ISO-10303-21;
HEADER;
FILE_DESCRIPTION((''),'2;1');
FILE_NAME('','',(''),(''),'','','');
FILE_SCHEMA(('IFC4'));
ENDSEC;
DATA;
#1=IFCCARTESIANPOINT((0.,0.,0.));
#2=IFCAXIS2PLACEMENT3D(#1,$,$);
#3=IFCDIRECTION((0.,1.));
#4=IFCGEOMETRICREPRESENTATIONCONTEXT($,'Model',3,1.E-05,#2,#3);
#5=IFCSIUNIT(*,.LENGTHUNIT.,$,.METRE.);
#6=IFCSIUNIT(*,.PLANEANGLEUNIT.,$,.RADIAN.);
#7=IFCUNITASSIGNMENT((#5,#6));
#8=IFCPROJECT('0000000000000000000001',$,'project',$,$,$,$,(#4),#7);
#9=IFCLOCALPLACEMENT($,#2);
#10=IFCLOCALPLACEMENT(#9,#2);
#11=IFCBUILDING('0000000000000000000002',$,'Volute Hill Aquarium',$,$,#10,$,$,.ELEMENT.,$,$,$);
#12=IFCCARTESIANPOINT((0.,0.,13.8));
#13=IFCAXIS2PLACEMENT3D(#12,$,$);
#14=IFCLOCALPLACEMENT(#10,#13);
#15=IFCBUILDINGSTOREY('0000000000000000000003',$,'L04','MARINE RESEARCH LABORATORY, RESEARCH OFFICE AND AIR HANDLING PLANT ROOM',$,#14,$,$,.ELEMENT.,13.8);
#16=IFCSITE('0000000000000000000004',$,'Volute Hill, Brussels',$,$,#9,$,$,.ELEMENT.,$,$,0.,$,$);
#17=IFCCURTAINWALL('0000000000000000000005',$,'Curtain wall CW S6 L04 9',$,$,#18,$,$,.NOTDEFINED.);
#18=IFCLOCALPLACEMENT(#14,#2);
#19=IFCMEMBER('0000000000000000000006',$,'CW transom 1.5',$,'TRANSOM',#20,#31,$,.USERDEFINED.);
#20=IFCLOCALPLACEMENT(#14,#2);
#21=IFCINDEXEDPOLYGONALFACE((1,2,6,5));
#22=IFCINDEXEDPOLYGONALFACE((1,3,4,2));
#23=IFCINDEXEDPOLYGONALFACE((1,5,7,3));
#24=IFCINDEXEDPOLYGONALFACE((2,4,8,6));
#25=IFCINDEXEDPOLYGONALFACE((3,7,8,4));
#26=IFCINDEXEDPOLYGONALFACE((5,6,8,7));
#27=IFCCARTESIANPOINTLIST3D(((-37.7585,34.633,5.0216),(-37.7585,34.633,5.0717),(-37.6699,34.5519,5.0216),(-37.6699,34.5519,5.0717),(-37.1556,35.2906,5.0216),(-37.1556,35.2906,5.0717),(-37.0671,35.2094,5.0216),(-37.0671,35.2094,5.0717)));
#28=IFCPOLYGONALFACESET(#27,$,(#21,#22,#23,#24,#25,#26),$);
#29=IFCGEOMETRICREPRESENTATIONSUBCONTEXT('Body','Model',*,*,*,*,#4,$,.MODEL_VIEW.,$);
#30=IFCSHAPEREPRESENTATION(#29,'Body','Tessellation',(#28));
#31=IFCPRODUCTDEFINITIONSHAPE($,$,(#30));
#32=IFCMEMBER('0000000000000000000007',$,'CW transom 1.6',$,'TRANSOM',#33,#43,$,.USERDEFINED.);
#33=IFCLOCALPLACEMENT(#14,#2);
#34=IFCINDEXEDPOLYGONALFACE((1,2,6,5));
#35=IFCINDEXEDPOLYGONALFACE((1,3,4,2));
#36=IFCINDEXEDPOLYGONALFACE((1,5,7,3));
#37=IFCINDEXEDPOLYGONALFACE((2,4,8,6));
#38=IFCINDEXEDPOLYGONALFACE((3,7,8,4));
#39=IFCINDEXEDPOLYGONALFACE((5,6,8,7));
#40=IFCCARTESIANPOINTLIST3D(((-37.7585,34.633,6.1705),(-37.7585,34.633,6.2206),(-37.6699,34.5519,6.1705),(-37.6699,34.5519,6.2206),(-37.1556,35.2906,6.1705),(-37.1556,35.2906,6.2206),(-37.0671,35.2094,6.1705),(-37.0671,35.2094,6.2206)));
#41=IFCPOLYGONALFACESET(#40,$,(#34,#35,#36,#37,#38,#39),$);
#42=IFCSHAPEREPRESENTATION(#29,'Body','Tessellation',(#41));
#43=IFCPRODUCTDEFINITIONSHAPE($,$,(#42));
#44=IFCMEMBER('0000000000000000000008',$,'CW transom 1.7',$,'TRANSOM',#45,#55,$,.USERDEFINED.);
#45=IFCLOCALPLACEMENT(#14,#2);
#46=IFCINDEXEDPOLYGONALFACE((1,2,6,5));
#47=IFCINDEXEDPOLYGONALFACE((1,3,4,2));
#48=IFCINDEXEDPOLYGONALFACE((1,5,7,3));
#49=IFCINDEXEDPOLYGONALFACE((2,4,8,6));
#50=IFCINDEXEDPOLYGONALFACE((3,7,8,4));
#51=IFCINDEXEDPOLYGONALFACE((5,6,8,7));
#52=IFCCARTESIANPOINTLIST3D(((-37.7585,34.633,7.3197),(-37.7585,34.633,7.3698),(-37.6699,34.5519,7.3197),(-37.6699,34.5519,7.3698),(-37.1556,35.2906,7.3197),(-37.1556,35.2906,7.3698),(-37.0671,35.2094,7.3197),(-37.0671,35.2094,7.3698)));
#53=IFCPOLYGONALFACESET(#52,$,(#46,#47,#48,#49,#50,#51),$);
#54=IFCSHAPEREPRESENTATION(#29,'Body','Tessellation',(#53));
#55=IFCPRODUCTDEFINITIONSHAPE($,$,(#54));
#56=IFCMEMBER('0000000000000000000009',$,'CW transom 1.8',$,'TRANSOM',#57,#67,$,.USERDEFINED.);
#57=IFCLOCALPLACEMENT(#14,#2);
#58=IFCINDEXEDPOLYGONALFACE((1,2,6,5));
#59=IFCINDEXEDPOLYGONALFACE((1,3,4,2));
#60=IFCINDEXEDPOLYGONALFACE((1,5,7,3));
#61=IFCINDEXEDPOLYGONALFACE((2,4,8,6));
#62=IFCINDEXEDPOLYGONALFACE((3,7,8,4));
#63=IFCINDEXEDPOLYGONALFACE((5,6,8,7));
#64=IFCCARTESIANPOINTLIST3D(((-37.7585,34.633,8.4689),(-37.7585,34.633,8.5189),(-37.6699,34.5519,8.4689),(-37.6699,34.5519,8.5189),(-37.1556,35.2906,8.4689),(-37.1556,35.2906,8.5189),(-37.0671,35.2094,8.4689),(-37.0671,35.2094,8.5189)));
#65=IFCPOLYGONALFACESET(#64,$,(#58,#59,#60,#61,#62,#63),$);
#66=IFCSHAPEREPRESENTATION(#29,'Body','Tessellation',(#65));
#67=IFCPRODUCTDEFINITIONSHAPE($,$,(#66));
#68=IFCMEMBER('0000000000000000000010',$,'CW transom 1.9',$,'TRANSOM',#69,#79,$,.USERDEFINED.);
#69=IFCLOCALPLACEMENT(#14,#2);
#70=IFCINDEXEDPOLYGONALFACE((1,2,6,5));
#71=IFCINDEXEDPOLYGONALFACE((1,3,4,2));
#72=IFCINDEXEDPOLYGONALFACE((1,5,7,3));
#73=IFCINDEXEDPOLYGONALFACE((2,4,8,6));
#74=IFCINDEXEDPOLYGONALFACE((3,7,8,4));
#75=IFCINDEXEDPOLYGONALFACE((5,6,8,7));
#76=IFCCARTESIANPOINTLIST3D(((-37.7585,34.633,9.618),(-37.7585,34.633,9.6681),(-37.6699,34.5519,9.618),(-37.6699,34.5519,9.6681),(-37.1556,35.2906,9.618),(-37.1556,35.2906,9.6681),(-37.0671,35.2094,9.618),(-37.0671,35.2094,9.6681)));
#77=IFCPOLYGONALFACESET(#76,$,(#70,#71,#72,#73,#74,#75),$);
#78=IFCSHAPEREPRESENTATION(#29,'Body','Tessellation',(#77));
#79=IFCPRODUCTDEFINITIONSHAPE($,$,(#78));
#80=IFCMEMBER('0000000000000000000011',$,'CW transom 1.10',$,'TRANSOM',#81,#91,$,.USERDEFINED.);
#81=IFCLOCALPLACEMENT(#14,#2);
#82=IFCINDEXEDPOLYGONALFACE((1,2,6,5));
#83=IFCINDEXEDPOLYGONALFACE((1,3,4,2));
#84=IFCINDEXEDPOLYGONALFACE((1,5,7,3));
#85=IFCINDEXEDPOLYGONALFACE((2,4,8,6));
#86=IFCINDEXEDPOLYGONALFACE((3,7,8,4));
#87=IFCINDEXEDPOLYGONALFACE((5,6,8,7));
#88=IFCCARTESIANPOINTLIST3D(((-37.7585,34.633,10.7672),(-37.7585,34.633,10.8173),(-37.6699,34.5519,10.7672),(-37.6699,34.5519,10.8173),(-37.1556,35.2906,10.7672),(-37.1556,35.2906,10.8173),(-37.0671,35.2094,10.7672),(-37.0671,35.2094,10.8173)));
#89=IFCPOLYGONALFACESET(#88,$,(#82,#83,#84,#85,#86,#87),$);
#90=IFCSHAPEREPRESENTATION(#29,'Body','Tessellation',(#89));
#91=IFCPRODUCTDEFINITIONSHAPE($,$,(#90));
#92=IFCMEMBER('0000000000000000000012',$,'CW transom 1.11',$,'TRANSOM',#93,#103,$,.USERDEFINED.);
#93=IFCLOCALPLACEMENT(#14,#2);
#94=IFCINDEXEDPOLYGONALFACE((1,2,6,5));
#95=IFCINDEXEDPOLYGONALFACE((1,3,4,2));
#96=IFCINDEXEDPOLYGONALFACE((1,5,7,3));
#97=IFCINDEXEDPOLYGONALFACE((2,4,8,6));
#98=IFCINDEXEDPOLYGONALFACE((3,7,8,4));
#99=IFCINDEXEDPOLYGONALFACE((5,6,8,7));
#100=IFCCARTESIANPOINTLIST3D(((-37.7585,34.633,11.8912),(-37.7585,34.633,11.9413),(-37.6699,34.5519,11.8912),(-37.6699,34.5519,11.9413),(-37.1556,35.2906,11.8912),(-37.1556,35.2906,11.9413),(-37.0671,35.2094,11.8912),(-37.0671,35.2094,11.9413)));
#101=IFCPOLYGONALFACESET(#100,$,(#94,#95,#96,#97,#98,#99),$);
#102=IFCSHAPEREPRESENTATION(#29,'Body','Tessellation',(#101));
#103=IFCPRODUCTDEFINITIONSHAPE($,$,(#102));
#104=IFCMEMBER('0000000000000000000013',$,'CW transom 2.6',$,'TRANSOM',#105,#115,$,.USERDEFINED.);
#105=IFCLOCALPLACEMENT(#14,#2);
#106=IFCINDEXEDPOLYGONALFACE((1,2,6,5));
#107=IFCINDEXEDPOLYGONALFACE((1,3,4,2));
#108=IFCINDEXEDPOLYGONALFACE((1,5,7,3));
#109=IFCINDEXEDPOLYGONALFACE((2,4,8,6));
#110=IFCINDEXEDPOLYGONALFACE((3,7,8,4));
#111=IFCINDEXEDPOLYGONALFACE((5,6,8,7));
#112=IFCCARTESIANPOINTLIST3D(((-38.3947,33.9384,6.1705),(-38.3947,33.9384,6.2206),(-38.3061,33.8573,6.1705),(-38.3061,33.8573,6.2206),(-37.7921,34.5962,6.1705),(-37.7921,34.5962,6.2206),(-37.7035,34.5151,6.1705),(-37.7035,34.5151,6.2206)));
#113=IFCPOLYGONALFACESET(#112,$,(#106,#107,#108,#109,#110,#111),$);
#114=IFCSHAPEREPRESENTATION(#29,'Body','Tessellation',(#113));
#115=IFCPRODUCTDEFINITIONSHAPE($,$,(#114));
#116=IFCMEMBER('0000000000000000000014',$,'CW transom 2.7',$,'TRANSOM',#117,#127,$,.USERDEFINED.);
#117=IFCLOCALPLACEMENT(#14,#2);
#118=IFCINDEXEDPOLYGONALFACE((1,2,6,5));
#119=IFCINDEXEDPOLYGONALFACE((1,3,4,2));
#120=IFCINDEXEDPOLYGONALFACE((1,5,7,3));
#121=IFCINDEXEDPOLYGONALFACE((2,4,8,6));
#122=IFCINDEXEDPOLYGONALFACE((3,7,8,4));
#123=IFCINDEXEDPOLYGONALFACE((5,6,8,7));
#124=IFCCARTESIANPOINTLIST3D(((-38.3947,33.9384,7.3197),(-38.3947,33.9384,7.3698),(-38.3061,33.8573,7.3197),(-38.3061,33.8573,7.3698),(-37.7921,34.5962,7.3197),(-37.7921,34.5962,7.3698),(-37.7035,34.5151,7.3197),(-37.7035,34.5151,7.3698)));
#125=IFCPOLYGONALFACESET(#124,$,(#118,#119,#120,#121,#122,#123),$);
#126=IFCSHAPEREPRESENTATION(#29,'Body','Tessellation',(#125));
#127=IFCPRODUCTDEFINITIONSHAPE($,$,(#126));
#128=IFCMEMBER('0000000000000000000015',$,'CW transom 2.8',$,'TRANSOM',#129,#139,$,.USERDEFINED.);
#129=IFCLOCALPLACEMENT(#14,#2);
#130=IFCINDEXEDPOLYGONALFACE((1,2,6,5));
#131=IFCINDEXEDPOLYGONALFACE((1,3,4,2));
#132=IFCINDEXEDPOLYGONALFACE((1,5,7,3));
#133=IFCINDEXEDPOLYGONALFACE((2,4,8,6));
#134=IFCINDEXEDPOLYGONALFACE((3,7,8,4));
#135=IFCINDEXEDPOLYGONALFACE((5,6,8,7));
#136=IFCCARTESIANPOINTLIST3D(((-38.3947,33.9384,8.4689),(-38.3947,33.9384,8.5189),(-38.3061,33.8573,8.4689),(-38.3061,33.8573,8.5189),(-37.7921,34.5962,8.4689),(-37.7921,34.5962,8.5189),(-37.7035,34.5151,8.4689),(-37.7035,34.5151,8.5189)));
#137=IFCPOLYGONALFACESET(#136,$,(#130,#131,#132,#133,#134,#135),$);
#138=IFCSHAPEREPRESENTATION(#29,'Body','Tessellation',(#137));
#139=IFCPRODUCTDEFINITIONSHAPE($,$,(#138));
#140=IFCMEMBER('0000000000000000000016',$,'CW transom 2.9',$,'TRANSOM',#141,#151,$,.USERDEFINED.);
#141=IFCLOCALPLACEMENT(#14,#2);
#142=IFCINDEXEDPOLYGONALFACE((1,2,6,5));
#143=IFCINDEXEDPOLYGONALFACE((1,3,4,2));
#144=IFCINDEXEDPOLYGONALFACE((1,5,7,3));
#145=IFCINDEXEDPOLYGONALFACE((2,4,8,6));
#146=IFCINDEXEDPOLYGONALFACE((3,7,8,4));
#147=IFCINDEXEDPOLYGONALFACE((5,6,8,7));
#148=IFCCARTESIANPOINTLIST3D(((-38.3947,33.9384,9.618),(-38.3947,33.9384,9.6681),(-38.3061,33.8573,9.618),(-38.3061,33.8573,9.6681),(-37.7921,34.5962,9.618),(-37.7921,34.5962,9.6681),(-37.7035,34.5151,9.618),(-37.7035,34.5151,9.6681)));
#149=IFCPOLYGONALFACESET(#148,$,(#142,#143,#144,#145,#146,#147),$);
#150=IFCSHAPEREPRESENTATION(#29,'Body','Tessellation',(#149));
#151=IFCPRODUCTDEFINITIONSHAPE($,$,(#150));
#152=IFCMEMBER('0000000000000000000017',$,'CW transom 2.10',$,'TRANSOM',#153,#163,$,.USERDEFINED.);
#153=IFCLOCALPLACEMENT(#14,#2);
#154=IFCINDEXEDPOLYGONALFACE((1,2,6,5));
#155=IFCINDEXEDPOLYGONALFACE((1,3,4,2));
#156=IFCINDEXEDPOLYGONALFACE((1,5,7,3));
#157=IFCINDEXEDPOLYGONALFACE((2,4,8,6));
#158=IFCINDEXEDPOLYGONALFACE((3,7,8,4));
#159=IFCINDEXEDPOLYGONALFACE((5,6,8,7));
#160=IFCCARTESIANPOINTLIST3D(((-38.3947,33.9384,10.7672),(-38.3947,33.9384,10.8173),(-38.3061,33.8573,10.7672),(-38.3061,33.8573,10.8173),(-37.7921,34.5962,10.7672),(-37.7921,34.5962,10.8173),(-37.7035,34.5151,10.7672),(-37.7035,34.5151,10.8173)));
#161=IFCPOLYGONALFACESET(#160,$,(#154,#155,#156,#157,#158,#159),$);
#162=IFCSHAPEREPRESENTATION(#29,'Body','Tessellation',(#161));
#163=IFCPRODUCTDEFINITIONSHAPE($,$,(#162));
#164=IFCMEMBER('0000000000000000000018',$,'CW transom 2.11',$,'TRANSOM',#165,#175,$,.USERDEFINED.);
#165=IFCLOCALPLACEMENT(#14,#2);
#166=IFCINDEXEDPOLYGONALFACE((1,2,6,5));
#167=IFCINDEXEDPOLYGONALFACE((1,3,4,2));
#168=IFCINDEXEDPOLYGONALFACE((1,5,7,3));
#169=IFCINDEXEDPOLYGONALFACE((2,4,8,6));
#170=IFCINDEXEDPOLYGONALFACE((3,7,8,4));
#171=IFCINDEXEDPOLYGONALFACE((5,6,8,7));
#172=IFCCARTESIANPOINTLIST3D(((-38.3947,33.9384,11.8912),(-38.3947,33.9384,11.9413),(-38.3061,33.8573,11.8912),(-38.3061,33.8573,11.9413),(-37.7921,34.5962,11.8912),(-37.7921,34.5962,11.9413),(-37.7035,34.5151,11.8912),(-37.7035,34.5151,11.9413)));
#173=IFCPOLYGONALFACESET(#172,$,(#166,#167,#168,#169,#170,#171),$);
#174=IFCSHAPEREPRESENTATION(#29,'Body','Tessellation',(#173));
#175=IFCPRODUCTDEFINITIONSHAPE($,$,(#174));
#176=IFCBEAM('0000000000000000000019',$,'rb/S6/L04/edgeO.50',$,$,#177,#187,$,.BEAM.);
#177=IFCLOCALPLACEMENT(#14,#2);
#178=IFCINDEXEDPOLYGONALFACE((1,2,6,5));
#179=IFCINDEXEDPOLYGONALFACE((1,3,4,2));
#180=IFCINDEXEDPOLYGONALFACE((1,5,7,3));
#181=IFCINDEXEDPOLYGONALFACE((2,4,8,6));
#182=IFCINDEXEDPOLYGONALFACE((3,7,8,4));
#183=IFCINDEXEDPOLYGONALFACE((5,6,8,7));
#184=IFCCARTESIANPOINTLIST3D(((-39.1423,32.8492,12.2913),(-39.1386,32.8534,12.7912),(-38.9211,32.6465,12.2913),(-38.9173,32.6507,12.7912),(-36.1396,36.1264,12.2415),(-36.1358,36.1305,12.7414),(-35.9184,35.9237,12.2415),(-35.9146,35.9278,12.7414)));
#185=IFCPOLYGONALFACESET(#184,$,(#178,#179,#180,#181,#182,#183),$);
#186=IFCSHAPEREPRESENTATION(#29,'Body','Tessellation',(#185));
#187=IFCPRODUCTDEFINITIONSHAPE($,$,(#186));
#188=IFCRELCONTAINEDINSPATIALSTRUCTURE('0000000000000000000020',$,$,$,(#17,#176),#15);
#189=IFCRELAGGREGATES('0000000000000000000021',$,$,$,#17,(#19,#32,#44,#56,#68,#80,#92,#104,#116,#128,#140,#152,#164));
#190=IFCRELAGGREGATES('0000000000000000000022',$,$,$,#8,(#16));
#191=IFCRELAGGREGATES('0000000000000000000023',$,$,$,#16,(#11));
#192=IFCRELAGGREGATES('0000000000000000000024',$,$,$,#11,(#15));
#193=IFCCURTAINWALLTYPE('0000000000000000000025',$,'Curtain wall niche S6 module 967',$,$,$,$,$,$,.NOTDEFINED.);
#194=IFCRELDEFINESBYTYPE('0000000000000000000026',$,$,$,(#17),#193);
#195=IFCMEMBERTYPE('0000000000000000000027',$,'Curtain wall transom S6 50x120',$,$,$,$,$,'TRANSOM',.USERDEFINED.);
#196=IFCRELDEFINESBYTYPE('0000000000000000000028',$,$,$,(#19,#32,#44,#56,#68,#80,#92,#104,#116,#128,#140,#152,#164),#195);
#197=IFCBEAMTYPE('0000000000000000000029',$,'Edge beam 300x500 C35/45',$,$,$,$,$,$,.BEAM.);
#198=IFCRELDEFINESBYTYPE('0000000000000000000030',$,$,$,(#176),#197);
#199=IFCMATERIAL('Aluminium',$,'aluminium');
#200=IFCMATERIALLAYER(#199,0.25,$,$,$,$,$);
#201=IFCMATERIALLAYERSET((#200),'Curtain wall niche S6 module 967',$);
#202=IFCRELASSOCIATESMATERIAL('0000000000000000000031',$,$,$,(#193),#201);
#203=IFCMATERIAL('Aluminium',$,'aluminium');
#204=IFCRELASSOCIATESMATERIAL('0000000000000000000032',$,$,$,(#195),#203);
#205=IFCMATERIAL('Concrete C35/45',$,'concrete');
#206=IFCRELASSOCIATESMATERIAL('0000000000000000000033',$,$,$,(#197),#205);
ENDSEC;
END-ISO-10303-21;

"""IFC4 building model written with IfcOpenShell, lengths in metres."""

from ifc_helpers import new_model, si_unit, direction, frame, origin, origin_2d, place, context, subcontext, project, spatial, rectangle, extrude, material, layer, layer_set, material_profile, profile_set, type_object, element, aggregate, save


model = new_model("IFC4")

# Units and contexts
model_context = context("Model", 3, precision=1e-05, world=origin(), true_north=direction((0.0, 1.0)))
body_context = subcontext(model_context, "Body", "Model", "MODEL_VIEW")
ifc_project = project(units=[si_unit("LENGTHUNIT", "METRE"), si_unit("PLANEANGLEUNIT", "RADIAN")], contexts=[model_context])

# Site, building, storey
site_placement = place(None, origin())
site = spatial("IfcSite", under=ifc_project, at=site_placement, Name="Volute Hill, Brussels", CompositionType="ELEMENT", RefElevation=0.0)
building_placement = place(site_placement, origin())
building = spatial("IfcBuilding", under=site, at=building_placement, Name="Volute Hill Aquarium", CompositionType="ELEMENT")
storey_placement = place(building_placement, frame((0.0, 0.0, 13.8)))
storey = spatial("IfcBuildingStorey", under=building, at=storey_placement, Name="L04", Description="MARINE RESEARCH LABORATORY, RESEARCH OFFICE AND AIR HANDLING PLANT ROOM", CompositionType="ELEMENT", Elevation=13.8)

# Curtain wall, members
ifc_material_1 = material(Name="Aluminium", Category="aluminium")
ifc_layer_1 = layer(ifc_material_1, 0.25)
ifc_layer_set_1 = layer_set([ifc_layer_1], Name="Curtain wall niche S6 module 967")
curtain_wall_type = type_object("IfcCurtainWallType", Name="Curtain wall niche S6 module 967", PredefinedType="NOTDEFINED", material=ifc_layer_set_1)
curtain_wall_placement = place(storey_placement, origin())
curtain_wall = element("IfcCurtainWall", 1, at=curtain_wall_placement, inside=storey, type_object=curtain_wall_type, Name="Curtain wall CW S6 L04 9", PredefinedType="NOTDEFINED")
ifc_material_2 = material(Name="Aluminium", Category="aluminium")
ifc_material_profile_1 = material_profile(ifc_material_2, rectangle(XDim=0.1201, YDim=0.05, at=origin_2d()), Name="Curtain wall transom S6 50x120")
ifc_profile_set_1 = profile_set([ifc_material_profile_1], Name="Aluminium")
member_type = type_object("IfcMemberType", Name="Curtain wall transom S6 50x120", ElementType="TRANSOM", PredefinedType="USERDEFINED", material=ifc_profile_set_1)
member_1_placement = place(storey_placement, frame((-37.1113, 35.25, 5.0466), z_axis=(-0.675787, -0.737097, 0.0), x_axis=(0.737097, -0.675787, 0.0)))
member_1 = element("IfcMember", 2, at=member_1_placement, type_object=member_type, Name="CW transom 1.5", ObjectType="TRANSOM", PredefinedType="USERDEFINED", context=body_context, shape_type="SweptSolid", body=[
    extrude(rectangle(XDim=0.1201, YDim=0.05, at=origin_2d()), origin(), (0.0, 0.0, 1.0), 0.8921),
])
member_2_placement = place(storey_placement, frame((-37.1113, 35.25, 6.1956), z_axis=(-0.675787, -0.737097, 0.0), x_axis=(0.737097, -0.675787, 0.0)))
member_2 = element("IfcMember", 3, at=member_2_placement, type_object=member_type, Name="CW transom 1.6", ObjectType="TRANSOM", PredefinedType="USERDEFINED", context=body_context, shape_type="SweptSolid", body=[
    extrude(rectangle(XDim=0.1201, YDim=0.05, at=origin_2d()), origin(), (0.0, 0.0, 1.0), 0.8921),
])
member_3_placement = place(storey_placement, frame((-37.1113, 35.25, 7.3447), z_axis=(-0.675787, -0.737097, 0.0), x_axis=(0.737097, -0.675787, 0.0)))
member_3 = element("IfcMember", 4, at=member_3_placement, type_object=member_type, Name="CW transom 1.7", ObjectType="TRANSOM", PredefinedType="USERDEFINED", context=body_context, shape_type="SweptSolid", body=[
    extrude(rectangle(XDim=0.1201, YDim=0.05, at=origin_2d()), origin(), (0.0, 0.0, 1.0), 0.8921),
])
member_4_placement = place(storey_placement, frame((-37.1113, 35.25, 8.4939), z_axis=(-0.675787, -0.737097, 0.0), x_axis=(0.737097, -0.675787, 0.0)))
member_4 = element("IfcMember", 5, at=member_4_placement, type_object=member_type, Name="CW transom 1.8", ObjectType="TRANSOM", PredefinedType="USERDEFINED", context=body_context, shape_type="SweptSolid", body=[
    extrude(rectangle(XDim=0.1201, YDim=0.05, at=origin_2d()), origin(), (0.0, 0.0, 1.0), 0.8921),
])
member_5_placement = place(storey_placement, frame((-37.1113, 35.25, 9.6431), z_axis=(-0.675787, -0.737097, 0.0), x_axis=(0.737097, -0.675787, 0.0)))
member_5 = element("IfcMember", 6, at=member_5_placement, type_object=member_type, Name="CW transom 1.9", ObjectType="TRANSOM", PredefinedType="USERDEFINED", context=body_context, shape_type="SweptSolid", body=[
    extrude(rectangle(XDim=0.1201, YDim=0.05, at=origin_2d()), origin(), (0.0, 0.0, 1.0), 0.8921),
])
member_6_placement = place(storey_placement, frame((-37.1113, 35.25, 10.7922), z_axis=(-0.675787, -0.737097, 0.0), x_axis=(0.737097, -0.675787, 0.0)))
member_6 = element("IfcMember", 7, at=member_6_placement, type_object=member_type, Name="CW transom 1.10", ObjectType="TRANSOM", PredefinedType="USERDEFINED", context=body_context, shape_type="SweptSolid", body=[
    extrude(rectangle(XDim=0.1201, YDim=0.05, at=origin_2d()), origin(), (0.0, 0.0, 1.0), 0.8921),
])
member_7_placement = place(storey_placement, frame((-37.1113, 35.25, 11.9163), z_axis=(-0.675787, -0.737097, 0.0), x_axis=(0.737097, -0.675787, 0.0)))
member_7 = element("IfcMember", 8, at=member_7_placement, type_object=member_type, Name="CW transom 1.11", ObjectType="TRANSOM", PredefinedType="USERDEFINED", context=body_context, shape_type="SweptSolid", body=[
    extrude(rectangle(XDim=0.1201, YDim=0.05, at=origin_2d()), origin(), (0.0, 0.0, 1.0), 0.8921),
])
member_8_placement = place(storey_placement, frame((-37.7478, 34.5557, 6.1956), z_axis=(-0.675502, -0.737359, 0.0), x_axis=(0.737359, -0.675502, 0.0)))
member_8 = element("IfcMember", 9, at=member_8_placement, type_object=member_type, Name="CW transom 2.6", ObjectType="TRANSOM", PredefinedType="USERDEFINED", context=body_context, shape_type="SweptSolid", body=[
    extrude(rectangle(XDim=0.1201, YDim=0.05, at=origin_2d()), origin(), (0.0, 0.0, 1.0), 0.8921),
])
member_9_placement = place(storey_placement, frame((-37.7478, 34.5557, 7.3447), z_axis=(-0.675502, -0.737359, 0.0), x_axis=(0.737359, -0.675502, 0.0)))
member_9 = element("IfcMember", 10, at=member_9_placement, type_object=member_type, Name="CW transom 2.7", ObjectType="TRANSOM", PredefinedType="USERDEFINED", context=body_context, shape_type="SweptSolid", body=[
    extrude(rectangle(XDim=0.1201, YDim=0.05, at=origin_2d()), origin(), (0.0, 0.0, 1.0), 0.8921),
])
member_10_placement = place(storey_placement, frame((-37.7478, 34.5557, 8.4939), z_axis=(-0.675502, -0.737359, 0.0), x_axis=(0.737359, -0.675502, 0.0)))
member_10 = element("IfcMember", 11, at=member_10_placement, type_object=member_type, Name="CW transom 2.8", ObjectType="TRANSOM", PredefinedType="USERDEFINED", context=body_context, shape_type="SweptSolid", body=[
    extrude(rectangle(XDim=0.1201, YDim=0.05, at=origin_2d()), origin(), (0.0, 0.0, 1.0), 0.8921),
])
member_11_placement = place(storey_placement, frame((-37.7478, 34.5557, 9.6431), z_axis=(-0.675502, -0.737359, 0.0), x_axis=(0.737359, -0.675502, 0.0)))
member_11 = element("IfcMember", 12, at=member_11_placement, type_object=member_type, Name="CW transom 2.9", ObjectType="TRANSOM", PredefinedType="USERDEFINED", context=body_context, shape_type="SweptSolid", body=[
    extrude(rectangle(XDim=0.1201, YDim=0.05, at=origin_2d()), origin(), (0.0, 0.0, 1.0), 0.8921),
])
member_12_placement = place(storey_placement, frame((-37.7478, 34.5557, 10.7922), z_axis=(-0.675502, -0.737359, 0.0), x_axis=(0.737359, -0.675502, 0.0)))
member_12 = element("IfcMember", 13, at=member_12_placement, type_object=member_type, Name="CW transom 2.10", ObjectType="TRANSOM", PredefinedType="USERDEFINED", context=body_context, shape_type="SweptSolid", body=[
    extrude(rectangle(XDim=0.1201, YDim=0.05, at=origin_2d()), origin(), (0.0, 0.0, 1.0), 0.8921),
])
member_13_placement = place(storey_placement, frame((-37.7478, 34.5557, 11.9163), z_axis=(-0.675502, -0.737359, 0.0), x_axis=(0.737359, -0.675502, 0.0)))
member_13 = element("IfcMember", 14, at=member_13_placement, type_object=member_type, Name="CW transom 2.11", ObjectType="TRANSOM", PredefinedType="USERDEFINED", context=body_context, shape_type="SweptSolid", body=[
    extrude(rectangle(XDim=0.1201, YDim=0.05, at=origin_2d()), origin(), (0.0, 0.0, 1.0), 0.8921),
])

# Beam
ifc_material_3 = material(Name="Concrete C35/45", Category="concrete")
ifc_material_profile_2 = material_profile(ifc_material_3, rectangle(XDim=0.3, YDim=0.5, at=origin_2d()), Name="RC edge beam 300x500")
ifc_profile_set_2 = profile_set([ifc_material_profile_2], Name="Concrete C35/45")
beam_type_1 = type_object("IfcBeamType", Name="Edge beam 300x500 C35/45", PredefinedType="BEAM", material=ifc_profile_set_2)
beam_1_placement = place(storey_placement, frame((-36.0271, 36.0271, 12.4915), z_axis=(-0.675521, -0.737256, 0.011205), x_axis=(0.737302, -0.675563, 0.0)))
element("IfcBeam", 15, at=beam_1_placement, inside=storey, type_object=beam_type_1, Name="rb/S6/L04/edgeO.50", PredefinedType="BEAM", context=body_context, shape_type="SweptSolid", body=[
    extrude(rectangle(XDim=0.3, YDim=0.5, at=origin_2d()), origin(), (0.0, 0.0, 1.0), 4.4451),
])

aggregate(curtain_wall, [member_1, member_2, member_3, member_4, member_5, member_6, member_7, member_8, member_9, member_10, member_11, member_12, member_13])

save(model, "model.ifc")
